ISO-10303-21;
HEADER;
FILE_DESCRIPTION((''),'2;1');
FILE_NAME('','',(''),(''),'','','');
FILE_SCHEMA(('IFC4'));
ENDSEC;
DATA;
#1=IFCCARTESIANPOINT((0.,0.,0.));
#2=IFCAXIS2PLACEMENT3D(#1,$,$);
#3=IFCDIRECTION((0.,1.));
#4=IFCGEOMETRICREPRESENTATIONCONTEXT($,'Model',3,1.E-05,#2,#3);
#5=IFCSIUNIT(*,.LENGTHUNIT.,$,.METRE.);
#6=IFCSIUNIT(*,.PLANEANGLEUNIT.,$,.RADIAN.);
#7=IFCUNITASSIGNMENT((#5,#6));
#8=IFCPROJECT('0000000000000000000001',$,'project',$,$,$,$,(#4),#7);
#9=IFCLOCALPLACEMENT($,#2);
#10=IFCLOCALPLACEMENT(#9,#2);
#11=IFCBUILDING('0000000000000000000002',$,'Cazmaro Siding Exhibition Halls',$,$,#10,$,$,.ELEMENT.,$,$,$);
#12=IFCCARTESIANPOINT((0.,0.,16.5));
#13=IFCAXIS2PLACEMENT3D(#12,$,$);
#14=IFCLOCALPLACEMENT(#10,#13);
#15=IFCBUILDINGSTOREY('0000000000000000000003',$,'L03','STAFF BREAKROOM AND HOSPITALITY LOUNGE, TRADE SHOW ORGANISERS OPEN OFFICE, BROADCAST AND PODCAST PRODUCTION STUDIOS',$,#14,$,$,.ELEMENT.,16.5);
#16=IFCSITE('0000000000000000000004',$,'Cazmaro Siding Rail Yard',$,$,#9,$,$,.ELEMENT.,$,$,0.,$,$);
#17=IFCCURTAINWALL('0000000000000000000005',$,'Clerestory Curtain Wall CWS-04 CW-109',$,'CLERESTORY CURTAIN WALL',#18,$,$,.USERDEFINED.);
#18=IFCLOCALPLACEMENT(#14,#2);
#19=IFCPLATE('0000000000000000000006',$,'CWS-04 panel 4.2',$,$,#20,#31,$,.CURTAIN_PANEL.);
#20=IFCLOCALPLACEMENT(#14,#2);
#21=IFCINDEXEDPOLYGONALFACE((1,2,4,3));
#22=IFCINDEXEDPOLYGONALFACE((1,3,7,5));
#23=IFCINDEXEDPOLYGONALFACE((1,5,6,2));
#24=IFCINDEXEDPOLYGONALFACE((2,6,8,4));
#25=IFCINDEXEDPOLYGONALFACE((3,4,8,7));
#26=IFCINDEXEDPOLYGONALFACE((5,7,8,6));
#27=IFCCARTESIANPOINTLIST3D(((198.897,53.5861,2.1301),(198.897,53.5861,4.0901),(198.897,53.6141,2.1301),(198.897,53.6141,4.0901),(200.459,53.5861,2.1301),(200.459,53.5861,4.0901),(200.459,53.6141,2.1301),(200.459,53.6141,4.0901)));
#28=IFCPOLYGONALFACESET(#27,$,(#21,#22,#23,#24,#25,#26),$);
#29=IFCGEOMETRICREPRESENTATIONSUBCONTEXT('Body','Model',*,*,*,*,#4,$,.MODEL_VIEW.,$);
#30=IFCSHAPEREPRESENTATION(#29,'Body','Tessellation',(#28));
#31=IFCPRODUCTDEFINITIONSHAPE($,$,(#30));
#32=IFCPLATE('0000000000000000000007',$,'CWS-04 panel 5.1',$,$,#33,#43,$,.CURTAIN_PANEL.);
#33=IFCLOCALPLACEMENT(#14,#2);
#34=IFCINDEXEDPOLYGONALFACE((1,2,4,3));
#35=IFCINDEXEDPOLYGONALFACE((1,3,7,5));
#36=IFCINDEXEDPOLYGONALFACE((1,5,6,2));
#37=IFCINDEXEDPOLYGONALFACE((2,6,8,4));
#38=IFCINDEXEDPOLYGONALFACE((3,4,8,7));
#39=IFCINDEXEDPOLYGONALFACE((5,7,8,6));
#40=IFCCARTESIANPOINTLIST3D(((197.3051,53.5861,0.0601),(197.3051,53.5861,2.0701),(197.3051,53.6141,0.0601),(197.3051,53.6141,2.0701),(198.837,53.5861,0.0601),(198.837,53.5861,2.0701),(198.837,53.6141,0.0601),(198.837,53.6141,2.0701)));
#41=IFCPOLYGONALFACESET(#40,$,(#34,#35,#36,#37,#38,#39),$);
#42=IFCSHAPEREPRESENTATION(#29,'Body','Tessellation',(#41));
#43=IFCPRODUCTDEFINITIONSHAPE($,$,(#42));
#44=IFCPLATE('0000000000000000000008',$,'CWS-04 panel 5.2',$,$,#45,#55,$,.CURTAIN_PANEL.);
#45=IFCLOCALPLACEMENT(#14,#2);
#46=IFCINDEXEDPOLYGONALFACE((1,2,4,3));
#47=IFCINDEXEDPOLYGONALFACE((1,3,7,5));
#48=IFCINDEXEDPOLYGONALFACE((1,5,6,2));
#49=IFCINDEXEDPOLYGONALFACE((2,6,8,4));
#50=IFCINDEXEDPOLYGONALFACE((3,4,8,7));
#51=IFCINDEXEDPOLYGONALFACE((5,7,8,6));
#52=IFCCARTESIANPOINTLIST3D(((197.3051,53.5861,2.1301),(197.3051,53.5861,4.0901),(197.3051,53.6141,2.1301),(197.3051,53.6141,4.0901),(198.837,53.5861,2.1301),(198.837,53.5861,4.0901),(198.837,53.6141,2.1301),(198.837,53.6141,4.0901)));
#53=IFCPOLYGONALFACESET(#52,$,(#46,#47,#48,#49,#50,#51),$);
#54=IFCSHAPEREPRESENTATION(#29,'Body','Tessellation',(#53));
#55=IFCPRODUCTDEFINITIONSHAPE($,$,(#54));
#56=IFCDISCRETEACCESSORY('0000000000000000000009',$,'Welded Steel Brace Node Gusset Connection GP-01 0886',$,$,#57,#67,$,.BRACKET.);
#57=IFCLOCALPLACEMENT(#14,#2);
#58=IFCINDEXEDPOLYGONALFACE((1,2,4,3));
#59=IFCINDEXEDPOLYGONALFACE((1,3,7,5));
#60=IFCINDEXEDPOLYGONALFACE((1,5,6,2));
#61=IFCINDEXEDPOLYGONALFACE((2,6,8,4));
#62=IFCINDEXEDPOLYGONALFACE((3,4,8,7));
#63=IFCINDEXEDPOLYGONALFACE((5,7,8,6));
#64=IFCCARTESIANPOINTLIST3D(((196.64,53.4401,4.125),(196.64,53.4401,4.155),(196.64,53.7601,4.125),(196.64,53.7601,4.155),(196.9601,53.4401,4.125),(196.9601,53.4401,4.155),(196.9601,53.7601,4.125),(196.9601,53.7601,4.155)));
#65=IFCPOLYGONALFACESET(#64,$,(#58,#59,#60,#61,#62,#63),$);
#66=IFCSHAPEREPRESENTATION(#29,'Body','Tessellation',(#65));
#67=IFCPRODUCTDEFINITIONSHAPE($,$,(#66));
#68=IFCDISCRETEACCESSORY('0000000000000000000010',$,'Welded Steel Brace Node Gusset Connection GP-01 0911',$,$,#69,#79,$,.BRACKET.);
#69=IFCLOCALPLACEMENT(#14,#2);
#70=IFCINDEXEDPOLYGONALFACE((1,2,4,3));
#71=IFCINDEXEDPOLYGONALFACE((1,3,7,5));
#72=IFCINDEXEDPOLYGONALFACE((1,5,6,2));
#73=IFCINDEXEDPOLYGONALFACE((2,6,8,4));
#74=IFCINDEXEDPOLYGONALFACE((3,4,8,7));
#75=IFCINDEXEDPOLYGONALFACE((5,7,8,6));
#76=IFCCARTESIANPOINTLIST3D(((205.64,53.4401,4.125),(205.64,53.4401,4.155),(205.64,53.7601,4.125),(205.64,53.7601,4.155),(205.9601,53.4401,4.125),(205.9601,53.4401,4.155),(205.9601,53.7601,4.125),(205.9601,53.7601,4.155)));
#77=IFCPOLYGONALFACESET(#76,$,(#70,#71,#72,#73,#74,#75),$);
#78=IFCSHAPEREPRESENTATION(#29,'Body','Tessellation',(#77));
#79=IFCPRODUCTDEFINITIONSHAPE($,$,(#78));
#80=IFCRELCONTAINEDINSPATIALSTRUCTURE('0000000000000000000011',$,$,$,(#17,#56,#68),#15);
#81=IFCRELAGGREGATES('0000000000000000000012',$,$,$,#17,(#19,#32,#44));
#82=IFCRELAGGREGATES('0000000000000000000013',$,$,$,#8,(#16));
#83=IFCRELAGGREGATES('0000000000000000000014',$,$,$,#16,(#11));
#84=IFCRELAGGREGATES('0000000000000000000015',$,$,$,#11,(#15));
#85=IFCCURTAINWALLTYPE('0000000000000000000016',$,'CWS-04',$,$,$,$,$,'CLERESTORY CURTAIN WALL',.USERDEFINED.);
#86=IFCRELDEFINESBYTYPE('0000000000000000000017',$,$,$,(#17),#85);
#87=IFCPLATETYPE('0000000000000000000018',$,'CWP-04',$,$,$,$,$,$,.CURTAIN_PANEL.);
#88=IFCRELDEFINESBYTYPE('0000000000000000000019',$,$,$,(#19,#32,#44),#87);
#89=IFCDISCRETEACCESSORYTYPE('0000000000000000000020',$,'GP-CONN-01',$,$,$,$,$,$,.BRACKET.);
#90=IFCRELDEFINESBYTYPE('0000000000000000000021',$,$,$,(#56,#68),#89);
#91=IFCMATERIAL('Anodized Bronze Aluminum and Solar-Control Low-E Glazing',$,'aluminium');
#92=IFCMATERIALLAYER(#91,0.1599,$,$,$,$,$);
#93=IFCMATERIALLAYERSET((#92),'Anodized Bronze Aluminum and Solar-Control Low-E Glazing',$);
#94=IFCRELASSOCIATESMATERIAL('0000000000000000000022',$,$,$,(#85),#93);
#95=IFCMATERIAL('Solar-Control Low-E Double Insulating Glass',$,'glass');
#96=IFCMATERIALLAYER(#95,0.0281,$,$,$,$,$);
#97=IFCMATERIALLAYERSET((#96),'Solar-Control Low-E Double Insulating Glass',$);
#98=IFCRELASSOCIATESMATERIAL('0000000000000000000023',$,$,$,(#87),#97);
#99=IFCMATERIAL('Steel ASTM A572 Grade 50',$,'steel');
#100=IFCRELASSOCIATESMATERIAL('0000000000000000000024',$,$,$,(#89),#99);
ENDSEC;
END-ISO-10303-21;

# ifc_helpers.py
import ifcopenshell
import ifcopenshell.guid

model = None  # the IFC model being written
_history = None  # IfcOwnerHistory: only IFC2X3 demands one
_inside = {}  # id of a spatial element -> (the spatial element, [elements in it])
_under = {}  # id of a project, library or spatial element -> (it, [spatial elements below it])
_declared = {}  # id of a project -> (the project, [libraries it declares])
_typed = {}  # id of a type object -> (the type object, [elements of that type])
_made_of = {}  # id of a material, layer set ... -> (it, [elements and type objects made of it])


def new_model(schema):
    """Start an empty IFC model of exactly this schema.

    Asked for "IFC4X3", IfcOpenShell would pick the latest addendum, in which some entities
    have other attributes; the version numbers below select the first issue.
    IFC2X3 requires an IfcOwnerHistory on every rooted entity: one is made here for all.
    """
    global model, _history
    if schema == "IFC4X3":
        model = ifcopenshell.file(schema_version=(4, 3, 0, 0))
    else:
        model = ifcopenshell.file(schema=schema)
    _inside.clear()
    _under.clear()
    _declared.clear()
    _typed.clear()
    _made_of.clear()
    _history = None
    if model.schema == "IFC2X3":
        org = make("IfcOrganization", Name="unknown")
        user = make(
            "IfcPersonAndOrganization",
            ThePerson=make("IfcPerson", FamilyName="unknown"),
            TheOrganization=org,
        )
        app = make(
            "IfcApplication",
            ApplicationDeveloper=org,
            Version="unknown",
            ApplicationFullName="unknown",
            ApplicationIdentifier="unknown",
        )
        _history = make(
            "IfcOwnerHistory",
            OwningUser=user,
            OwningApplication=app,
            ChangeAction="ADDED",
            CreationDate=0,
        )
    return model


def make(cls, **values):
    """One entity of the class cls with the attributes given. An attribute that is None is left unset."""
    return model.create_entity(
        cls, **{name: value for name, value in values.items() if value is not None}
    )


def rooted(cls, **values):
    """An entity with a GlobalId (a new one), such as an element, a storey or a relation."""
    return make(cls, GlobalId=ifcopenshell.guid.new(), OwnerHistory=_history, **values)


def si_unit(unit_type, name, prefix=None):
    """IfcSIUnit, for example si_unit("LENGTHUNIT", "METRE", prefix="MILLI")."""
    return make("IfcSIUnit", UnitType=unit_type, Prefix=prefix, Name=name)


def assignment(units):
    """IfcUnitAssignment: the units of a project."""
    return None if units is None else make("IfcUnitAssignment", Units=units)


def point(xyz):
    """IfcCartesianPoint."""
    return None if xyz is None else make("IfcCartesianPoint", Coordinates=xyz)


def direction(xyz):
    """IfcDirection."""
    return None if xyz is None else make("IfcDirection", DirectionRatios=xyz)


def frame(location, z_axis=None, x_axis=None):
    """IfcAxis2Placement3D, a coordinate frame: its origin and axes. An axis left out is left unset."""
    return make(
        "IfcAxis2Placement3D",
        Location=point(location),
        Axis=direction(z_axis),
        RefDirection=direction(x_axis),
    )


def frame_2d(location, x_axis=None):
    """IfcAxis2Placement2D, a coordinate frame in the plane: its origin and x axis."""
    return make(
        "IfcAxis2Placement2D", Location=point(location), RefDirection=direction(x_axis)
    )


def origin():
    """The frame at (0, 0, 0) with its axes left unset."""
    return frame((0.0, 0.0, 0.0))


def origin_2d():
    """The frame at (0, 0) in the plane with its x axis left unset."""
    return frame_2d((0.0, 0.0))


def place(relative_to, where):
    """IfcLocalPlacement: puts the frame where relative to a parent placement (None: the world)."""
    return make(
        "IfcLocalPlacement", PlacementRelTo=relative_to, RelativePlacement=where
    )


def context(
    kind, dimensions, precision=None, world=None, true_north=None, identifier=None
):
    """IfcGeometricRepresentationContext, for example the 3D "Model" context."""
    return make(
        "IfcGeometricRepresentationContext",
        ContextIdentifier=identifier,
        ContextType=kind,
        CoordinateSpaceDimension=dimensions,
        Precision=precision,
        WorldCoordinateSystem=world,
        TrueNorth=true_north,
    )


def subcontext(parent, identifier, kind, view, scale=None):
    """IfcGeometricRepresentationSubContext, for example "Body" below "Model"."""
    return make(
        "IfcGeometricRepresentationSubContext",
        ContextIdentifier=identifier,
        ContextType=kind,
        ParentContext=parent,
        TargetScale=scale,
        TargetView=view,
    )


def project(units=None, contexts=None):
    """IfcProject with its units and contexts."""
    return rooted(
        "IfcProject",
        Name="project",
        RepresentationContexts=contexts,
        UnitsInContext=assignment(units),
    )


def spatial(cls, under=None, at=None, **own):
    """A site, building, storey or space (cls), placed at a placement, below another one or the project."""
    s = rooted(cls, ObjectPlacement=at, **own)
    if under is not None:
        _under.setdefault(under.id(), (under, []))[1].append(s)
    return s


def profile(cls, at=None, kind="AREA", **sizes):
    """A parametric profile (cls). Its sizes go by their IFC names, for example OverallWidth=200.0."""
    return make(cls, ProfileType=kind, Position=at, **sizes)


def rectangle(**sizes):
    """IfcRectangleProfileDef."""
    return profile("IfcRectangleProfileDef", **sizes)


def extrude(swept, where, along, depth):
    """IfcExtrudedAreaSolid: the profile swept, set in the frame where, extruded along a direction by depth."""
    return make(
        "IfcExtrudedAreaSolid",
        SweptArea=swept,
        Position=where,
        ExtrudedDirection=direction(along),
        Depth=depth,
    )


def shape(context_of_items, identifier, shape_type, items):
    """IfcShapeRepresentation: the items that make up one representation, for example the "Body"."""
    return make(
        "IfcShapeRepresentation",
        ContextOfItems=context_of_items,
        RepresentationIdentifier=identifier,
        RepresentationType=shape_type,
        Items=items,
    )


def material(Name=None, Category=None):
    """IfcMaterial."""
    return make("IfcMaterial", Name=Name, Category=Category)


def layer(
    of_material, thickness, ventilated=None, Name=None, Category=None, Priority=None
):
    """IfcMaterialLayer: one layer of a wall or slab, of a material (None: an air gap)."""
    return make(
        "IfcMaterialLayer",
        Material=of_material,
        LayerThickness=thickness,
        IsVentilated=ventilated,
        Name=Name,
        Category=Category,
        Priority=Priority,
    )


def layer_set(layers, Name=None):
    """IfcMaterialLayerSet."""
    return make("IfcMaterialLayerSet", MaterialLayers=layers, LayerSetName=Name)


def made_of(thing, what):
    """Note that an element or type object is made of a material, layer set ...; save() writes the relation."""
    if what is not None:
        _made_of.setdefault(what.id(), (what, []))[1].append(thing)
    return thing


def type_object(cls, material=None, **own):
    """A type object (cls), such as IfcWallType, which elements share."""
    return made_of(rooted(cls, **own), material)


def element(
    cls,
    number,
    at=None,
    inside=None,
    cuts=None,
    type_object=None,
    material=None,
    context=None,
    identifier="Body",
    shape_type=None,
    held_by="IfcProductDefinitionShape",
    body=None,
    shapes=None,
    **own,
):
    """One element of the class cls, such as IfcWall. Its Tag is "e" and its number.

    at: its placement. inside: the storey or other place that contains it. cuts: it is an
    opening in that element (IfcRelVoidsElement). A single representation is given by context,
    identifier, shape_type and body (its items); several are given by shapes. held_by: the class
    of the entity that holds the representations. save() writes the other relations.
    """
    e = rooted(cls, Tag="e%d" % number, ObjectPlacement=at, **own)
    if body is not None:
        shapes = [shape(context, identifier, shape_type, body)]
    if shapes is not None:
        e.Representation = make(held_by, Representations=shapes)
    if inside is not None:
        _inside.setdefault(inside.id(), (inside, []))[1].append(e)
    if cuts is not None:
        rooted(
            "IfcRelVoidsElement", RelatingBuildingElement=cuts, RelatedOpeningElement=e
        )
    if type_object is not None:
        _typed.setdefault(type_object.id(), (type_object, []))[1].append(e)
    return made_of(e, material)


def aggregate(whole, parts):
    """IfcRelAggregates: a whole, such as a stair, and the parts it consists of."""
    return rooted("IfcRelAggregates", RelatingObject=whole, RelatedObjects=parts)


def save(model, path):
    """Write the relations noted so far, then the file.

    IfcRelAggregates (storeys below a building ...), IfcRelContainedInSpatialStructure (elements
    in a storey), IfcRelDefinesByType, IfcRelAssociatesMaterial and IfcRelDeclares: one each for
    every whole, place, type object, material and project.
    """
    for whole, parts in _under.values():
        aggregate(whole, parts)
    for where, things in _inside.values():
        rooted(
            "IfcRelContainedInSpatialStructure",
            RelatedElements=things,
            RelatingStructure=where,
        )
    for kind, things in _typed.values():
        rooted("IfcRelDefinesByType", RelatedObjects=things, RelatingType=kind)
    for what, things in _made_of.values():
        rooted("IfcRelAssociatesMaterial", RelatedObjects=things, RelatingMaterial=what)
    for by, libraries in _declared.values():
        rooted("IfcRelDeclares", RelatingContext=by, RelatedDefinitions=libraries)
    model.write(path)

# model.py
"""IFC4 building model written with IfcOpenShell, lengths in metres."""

from ifc_helpers import new_model, si_unit, direction, frame, origin, origin_2d, place, context, subcontext, project, spatial, rectangle, extrude, material, layer, layer_set, type_object, element, aggregate, save


model = new_model("IFC4")

# Units and contexts
model_context = context("Model", 3, precision=1e-05, world=origin(), true_north=direction((0.0, 1.0)))
body_context = subcontext(model_context, "Body", "Model", "MODEL_VIEW")
ifc_project = project(units=[si_unit("LENGTHUNIT", "METRE"), si_unit("PLANEANGLEUNIT", "RADIAN")], contexts=[model_context])

# Site, building, storey
site_placement = place(None, origin())
site = spatial("IfcSite", under=ifc_project, at=site_placement, Name="Cazmaro Siding Rail Yard", CompositionType="ELEMENT", RefElevation=0.0)
building_placement = place(site_placement, origin())
building = spatial("IfcBuilding", under=site, at=building_placement, Name="Cazmaro Siding Exhibition Halls", CompositionType="ELEMENT")
storey_placement = place(building_placement, frame((0.0, 0.0, 16.5)))
storey = spatial("IfcBuildingStorey", under=building, at=storey_placement, Name="L03", Description="STAFF BREAKROOM AND HOSPITALITY LOUNGE, TRADE SHOW ORGANISERS OPEN OFFICE, BROADCAST AND PODCAST PRODUCTION STUDIOS", CompositionType="ELEMENT", Elevation=16.5)

# Curtain wall, plates
ifc_material_1 = material(Name="Anodized Bronze Aluminum and Solar-Control Low-E Glazing", Category="aluminium")
ifc_layer_1 = layer(ifc_material_1, 0.1599)
ifc_layer_set_1 = layer_set([ifc_layer_1], Name="Anodized Bronze Aluminum and Solar-Control Low-E Glazing")
curtain_wall_type = type_object("IfcCurtainWallType", Name="CWS-04", ElementType="CLERESTORY CURTAIN WALL", PredefinedType="USERDEFINED", material=ifc_layer_set_1)
curtain_wall_placement = place(storey_placement, origin())
curtain_wall = element("IfcCurtainWall", 1, at=curtain_wall_placement, inside=storey, type_object=curtain_wall_type, Name="Clerestory Curtain Wall CWS-04 CW-109", ObjectType="CLERESTORY CURTAIN WALL", PredefinedType="USERDEFINED")
ifc_material_2 = material(Name="Solar-Control Low-E Double Insulating Glass", Category="glass")
ifc_layer_2 = layer(ifc_material_2, 0.0281)
ifc_layer_set_2 = layer_set([ifc_layer_2], Name="Solar-Control Low-E Double Insulating Glass")
plate_type = type_object("IfcPlateType", Name="CWP-04", PredefinedType="CURTAIN_PANEL", material=ifc_layer_set_2)
plate_1_placement = place(storey_placement, frame((199.678, 53.6001, 2.1301), z_axis=(0.0, 0.0, 1.0), x_axis=(-1.0, 0.0, 0.0)))
plate_1 = element("IfcPlate", 2, at=plate_1_placement, type_object=plate_type, Name="CWS-04 panel 4.2", PredefinedType="CURTAIN_PANEL", context=body_context, shape_type="SweptSolid", body=[
    extrude(rectangle(XDim=1.562, YDim=0.0281, at=origin_2d()), origin(), (0.0, 0.0, 1.0), 1.96),
])
plate_2_placement = place(storey_placement, frame((198.071, 53.6001, 0.0601), z_axis=(0.0, 0.0, 1.0), x_axis=(-1.0, 0.0, 0.0)))
plate_2 = element("IfcPlate", 3, at=plate_2_placement, type_object=plate_type, Name="CWS-04 panel 5.1", PredefinedType="CURTAIN_PANEL", context=body_context, shape_type="SweptSolid", body=[
    extrude(rectangle(XDim=1.532, YDim=0.0281, at=origin_2d()), origin(), (0.0, 0.0, 1.0), 2.01),
])
plate_3_placement = place(storey_placement, frame((198.071, 53.6001, 2.1301), z_axis=(0.0, 0.0, 1.0), x_axis=(-1.0, 0.0, 0.0)))
plate_3 = element("IfcPlate", 4, at=plate_3_placement, type_object=plate_type, Name="CWS-04 panel 5.2", PredefinedType="CURTAIN_PANEL", context=body_context, shape_type="SweptSolid", body=[
    extrude(rectangle(XDim=1.532, YDim=0.0281, at=origin_2d()), origin(), (0.0, 0.0, 1.0), 1.96),
])
aggregate(curtain_wall, [plate_1, plate_2, plate_3])

# Discrete accessories
ifc_material_3 = material(Name="Steel ASTM A572 Grade 50", Category="steel")
discrete_accessory_type = type_object("IfcDiscreteAccessoryType", Name="GP-CONN-01", PredefinedType="BRACKET", material=ifc_material_3)
for number, where, z_axis, x_axis, name in (
    (5, (196.8, 53.6001, 4.125), (0.0, 0.0, 1.0), (1.0, 0.0, 0.0), "Welded Steel Brace Node Gusset Connection GP-01 0886"),
    (6, (205.8, 53.6001, 4.125), (0.0, 0.0, 1.0), (1.0, 0.0, 0.0), "Welded Steel Brace Node Gusset Connection GP-01 0911"),
):
    element("IfcDiscreteAccessory", number, at=place(storey_placement, frame(where, z_axis=z_axis, x_axis=x_axis)), inside=storey, type_object=discrete_accessory_type, Name=name, PredefinedType="BRACKET", context=body_context, shape_type="SweptSolid", body=[
        extrude(rectangle(XDim=0.3201, YDim=0.3201, at=origin_2d()), origin(), (0.0, 0.0, 1.0), 0.03),
    ])

save(model, "model.ifc")
